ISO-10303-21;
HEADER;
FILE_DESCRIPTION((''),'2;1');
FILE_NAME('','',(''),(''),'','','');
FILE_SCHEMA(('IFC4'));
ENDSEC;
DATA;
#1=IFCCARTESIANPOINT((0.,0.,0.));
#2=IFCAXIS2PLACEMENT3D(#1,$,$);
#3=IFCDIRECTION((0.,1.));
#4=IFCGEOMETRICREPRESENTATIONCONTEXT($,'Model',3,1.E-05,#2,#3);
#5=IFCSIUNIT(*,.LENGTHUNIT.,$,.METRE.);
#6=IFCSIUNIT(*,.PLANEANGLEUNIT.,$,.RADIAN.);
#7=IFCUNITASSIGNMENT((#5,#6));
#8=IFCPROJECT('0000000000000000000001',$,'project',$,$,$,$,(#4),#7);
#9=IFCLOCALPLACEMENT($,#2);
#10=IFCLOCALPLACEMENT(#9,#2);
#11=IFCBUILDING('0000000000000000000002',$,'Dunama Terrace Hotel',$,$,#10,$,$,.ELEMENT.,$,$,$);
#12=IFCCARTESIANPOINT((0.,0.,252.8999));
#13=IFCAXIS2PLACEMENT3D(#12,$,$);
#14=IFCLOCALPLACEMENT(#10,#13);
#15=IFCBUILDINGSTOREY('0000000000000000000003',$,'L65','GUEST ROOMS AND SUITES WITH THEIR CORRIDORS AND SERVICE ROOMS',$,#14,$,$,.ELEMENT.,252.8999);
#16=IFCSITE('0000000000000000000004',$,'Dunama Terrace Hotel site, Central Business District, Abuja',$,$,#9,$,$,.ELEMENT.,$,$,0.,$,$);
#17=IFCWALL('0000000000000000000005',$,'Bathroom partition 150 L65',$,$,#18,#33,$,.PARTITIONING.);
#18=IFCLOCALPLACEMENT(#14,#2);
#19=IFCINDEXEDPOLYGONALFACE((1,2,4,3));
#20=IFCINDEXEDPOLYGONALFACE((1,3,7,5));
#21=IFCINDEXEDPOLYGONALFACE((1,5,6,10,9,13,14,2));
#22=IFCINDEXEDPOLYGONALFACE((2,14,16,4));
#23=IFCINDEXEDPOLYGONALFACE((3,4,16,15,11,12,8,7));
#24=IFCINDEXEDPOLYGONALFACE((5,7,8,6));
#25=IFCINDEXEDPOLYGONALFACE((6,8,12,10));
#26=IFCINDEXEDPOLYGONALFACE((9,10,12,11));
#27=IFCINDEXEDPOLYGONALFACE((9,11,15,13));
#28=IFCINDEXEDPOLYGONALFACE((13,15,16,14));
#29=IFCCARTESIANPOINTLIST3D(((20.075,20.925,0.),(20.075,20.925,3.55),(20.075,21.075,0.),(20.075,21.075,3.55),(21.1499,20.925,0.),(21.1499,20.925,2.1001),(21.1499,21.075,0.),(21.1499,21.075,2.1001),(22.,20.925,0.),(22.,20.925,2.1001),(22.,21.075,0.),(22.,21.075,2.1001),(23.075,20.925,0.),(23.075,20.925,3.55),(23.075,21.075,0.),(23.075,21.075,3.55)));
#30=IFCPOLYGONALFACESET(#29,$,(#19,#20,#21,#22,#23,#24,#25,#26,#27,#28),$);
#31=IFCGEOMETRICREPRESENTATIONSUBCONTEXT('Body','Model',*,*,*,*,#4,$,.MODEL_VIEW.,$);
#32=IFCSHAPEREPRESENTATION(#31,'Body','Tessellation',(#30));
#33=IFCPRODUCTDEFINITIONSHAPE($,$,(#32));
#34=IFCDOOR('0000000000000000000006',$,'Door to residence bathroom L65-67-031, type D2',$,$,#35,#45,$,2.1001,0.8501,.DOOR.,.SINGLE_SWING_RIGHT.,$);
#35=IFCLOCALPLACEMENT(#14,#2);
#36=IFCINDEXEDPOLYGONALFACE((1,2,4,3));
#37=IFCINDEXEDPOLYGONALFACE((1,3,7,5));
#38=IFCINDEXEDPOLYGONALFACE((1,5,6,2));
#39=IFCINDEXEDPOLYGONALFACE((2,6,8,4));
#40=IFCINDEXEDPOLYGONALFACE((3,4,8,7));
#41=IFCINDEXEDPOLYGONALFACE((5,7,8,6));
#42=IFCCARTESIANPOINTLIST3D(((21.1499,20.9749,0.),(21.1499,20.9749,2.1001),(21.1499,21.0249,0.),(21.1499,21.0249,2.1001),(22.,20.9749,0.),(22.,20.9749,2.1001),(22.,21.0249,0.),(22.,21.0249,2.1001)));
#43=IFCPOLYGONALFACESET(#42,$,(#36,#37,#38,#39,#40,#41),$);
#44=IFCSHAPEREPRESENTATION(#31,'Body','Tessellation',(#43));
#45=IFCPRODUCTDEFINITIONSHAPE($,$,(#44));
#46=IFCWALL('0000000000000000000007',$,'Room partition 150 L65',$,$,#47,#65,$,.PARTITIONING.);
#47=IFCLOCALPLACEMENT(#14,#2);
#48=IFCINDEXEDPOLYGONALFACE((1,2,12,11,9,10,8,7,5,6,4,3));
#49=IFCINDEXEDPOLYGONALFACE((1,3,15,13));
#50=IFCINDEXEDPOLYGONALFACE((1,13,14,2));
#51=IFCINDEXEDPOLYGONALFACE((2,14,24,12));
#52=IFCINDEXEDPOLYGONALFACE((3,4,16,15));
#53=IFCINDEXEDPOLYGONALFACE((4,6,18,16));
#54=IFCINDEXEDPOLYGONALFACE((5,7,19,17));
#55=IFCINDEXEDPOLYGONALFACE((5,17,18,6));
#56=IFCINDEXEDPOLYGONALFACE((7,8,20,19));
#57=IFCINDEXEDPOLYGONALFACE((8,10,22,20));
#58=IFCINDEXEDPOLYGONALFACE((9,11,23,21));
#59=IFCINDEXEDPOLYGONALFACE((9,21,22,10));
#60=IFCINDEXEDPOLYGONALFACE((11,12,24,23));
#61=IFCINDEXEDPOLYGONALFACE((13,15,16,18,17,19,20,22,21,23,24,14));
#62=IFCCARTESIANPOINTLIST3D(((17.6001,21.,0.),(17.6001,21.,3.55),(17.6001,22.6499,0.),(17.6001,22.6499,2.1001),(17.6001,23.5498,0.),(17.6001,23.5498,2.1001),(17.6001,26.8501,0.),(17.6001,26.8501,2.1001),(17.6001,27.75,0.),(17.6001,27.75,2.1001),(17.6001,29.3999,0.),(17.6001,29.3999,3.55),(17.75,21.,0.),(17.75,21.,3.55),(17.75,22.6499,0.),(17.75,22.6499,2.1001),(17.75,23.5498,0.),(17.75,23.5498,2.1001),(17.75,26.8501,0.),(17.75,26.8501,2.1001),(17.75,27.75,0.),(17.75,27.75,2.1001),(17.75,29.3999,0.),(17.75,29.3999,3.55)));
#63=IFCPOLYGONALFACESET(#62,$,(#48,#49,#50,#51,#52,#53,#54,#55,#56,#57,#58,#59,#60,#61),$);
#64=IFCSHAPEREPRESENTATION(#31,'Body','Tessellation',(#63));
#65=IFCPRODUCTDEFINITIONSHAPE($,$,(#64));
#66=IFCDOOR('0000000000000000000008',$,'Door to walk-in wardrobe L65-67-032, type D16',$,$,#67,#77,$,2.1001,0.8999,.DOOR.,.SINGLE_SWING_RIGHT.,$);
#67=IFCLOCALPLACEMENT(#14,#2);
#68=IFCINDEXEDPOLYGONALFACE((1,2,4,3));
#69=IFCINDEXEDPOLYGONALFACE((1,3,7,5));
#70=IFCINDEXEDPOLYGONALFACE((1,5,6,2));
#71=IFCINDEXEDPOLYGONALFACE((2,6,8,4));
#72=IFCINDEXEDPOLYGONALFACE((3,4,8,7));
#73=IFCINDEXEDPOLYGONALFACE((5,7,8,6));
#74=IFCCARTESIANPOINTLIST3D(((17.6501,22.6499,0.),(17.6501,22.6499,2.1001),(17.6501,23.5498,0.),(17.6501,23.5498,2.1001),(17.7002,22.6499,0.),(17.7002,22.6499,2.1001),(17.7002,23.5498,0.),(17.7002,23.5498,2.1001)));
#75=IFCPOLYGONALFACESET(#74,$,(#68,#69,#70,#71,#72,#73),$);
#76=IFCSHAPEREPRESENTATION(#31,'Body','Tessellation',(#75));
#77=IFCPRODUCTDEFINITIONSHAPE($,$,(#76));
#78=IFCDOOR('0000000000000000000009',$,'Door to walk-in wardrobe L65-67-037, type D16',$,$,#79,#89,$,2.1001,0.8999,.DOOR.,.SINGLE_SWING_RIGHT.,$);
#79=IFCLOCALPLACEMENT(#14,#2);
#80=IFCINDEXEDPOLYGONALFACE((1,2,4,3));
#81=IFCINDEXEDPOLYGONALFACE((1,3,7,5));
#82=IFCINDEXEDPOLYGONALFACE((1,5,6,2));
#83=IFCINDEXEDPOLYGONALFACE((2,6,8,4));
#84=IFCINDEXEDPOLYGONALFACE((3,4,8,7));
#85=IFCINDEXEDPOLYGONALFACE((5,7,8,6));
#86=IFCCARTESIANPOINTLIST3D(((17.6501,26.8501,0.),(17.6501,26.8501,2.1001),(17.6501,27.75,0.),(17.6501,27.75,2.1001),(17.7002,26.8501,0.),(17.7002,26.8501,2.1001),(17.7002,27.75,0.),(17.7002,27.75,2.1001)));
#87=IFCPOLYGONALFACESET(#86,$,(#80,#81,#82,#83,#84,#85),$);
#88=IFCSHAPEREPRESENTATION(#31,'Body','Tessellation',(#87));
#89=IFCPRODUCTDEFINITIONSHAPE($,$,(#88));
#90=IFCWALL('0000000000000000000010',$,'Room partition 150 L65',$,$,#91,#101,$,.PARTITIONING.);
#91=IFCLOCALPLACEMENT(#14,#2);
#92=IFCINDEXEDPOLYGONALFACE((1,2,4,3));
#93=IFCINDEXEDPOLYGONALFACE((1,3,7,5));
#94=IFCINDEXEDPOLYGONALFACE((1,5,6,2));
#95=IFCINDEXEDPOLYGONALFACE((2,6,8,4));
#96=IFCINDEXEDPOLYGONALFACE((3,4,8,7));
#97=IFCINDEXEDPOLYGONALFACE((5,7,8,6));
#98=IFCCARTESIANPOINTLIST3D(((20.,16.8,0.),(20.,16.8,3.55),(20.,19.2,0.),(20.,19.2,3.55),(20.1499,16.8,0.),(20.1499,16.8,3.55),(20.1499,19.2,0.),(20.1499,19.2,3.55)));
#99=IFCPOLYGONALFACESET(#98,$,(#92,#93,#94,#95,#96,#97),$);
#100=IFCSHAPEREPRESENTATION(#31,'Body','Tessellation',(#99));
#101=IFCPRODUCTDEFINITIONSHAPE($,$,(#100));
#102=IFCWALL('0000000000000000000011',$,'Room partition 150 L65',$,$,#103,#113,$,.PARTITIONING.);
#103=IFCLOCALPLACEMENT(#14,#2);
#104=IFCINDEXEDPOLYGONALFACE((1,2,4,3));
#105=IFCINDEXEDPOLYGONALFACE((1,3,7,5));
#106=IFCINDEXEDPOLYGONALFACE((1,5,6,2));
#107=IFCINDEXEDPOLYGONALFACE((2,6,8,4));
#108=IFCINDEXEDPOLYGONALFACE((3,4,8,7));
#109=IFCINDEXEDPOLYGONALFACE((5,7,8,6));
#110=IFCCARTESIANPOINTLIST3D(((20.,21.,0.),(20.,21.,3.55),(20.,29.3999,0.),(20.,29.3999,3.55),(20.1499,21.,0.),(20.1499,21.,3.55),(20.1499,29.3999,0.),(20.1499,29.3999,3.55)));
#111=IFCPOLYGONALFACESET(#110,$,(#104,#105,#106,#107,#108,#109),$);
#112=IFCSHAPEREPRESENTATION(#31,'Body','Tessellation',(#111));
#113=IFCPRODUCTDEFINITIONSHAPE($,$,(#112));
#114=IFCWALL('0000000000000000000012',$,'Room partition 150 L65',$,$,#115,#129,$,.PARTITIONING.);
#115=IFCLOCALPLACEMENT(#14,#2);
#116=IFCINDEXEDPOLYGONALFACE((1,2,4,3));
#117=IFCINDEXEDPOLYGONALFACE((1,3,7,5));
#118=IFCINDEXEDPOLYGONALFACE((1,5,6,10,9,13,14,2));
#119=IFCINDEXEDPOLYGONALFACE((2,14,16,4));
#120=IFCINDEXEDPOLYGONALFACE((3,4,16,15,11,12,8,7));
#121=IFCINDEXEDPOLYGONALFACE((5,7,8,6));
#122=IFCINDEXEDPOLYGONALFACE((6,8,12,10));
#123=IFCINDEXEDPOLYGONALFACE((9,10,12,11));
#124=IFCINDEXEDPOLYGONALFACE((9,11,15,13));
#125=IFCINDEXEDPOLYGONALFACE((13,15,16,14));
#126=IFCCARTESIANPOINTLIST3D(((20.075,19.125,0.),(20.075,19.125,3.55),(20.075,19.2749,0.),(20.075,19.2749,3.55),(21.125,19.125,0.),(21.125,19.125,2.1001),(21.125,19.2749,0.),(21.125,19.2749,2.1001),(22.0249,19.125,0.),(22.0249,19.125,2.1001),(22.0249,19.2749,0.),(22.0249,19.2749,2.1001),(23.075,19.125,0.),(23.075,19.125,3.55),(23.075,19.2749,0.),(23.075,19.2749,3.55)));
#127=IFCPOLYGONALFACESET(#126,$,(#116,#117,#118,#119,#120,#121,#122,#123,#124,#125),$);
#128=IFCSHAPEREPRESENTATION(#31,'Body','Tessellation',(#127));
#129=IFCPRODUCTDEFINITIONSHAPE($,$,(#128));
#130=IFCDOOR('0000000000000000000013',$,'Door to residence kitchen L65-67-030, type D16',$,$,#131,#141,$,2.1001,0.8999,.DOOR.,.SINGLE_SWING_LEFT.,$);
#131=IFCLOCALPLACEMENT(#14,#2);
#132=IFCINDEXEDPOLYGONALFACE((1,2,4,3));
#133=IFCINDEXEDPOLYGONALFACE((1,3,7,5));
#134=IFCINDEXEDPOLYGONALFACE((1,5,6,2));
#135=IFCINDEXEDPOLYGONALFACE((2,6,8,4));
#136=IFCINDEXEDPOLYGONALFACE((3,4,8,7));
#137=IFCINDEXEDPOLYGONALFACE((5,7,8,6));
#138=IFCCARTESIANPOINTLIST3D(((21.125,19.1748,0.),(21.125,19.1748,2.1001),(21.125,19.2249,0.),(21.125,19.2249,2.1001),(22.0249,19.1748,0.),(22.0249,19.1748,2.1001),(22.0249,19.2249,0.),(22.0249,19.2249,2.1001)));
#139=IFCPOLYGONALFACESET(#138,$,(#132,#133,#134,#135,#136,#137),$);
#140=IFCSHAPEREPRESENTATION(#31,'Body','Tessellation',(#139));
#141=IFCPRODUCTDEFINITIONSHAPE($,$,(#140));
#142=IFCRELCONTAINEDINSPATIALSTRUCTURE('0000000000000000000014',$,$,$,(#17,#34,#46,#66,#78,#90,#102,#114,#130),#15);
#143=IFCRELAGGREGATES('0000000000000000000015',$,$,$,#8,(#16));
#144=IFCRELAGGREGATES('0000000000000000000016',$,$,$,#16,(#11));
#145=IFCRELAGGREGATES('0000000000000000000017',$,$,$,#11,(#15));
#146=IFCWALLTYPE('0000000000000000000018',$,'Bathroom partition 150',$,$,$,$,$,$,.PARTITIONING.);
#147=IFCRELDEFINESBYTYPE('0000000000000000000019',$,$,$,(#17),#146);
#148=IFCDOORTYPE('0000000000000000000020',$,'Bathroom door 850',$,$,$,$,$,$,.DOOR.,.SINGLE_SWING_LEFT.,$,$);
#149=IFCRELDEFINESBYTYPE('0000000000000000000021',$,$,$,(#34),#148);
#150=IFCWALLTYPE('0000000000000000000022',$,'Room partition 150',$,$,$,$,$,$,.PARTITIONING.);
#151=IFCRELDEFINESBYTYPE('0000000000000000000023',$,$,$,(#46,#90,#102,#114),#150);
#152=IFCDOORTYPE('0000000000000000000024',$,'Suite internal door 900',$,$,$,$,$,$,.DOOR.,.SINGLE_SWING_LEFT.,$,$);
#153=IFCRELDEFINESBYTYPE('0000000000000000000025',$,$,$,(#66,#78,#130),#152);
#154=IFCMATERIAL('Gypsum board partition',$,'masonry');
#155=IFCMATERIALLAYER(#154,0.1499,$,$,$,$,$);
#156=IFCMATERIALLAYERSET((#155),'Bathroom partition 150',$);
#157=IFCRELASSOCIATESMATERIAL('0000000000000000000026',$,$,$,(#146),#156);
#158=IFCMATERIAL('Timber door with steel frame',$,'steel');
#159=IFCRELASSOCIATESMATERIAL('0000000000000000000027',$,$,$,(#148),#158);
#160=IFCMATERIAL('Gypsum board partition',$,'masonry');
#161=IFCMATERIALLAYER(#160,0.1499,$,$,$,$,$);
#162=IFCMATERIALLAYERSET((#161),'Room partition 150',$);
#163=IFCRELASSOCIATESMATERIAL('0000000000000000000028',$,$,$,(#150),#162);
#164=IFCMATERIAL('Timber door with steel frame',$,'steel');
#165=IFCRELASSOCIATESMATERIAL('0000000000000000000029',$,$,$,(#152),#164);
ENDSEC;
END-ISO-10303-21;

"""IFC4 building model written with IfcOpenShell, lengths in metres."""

from ifc_helpers import new_model, si_unit, direction, frame, frame_2d, origin, place, context, subcontext, project, spatial, rectangle, extrude, material, layer, layer_set, type_object, element, fill, save


model = new_model("IFC4")

# Units and contexts
model_context = context("Model", 3, precision=1e-05, world=origin(), true_north=direction((0.0, 1.0)))
body_context = subcontext(model_context, "Body", "Model", "MODEL_VIEW")
ifc_project = project(units=[si_unit("LENGTHUNIT", "METRE"), si_unit("PLANEANGLEUNIT", "RADIAN")], contexts=[model_context])

# Site, building, storey
site_placement = place(None, origin())
site = spatial("IfcSite", under=ifc_project, at=site_placement, Name="Dunama Terrace Hotel site, Central Business District, Abuja", CompositionType="ELEMENT", RefElevation=0.0)
building_placement = place(site_placement, origin())
building = spatial("IfcBuilding", under=site, at=building_placement, Name="Dunama Terrace Hotel", CompositionType="ELEMENT")
storey_placement = place(building_placement, frame((0.0, 0.0, 252.8999)))
storey = spatial("IfcBuildingStorey", under=building, at=storey_placement, Name="L65", Description="GUEST ROOMS AND SUITES WITH THEIR CORRIDORS AND SERVICE ROOMS", CompositionType="ELEMENT", Elevation=252.8999)

# Wall, opening, door
ifc_material_1 = material(Name="Gypsum board partition", Category="masonry")
ifc_layer_1 = layer(ifc_material_1, 0.1499)
ifc_layer_set_1 = layer_set([ifc_layer_1], Name="Bathroom partition 150")
wall_type_1 = type_object("IfcWallType", Name="Bathroom partition 150", PredefinedType="PARTITIONING", material=ifc_layer_set_1)
wall_1_placement = place(storey_placement, frame((20.075, 21.0, 0.0), z_axis=(0.0, 0.0, 1.0), x_axis=(1.0, 0.0, 0.0)))
wall_1 = element("IfcWall", 1, at=wall_1_placement, inside=storey, type_object=wall_type_1, Name="Bathroom partition 150 L65", PredefinedType="PARTITIONING", context=body_context, shape_type="SweptSolid", body=[
    extrude(rectangle(XDim=3.0, YDim=0.1499, at=frame_2d((1.5, 0.0))), origin(), (0.0, 0.0, 1.0), 3.55),
])
opening_1_placement = place(wall_1_placement, frame((1.075, 0.0, 0.0)))
opening_1 = element("IfcOpeningElement", 2, at=opening_1_placement, cuts=wall_1, PredefinedType="OPENING", context=body_context, shape_type="SweptSolid", body=[
    extrude(rectangle(XDim=0.8501, YDim=2.1001, at=frame_2d((0.425, 1.05))), frame((0.0, 0.085, 0.0), z_axis=(0.0, -1.0, 0.0), x_axis=(1.0, 0.0, 0.0)), (0.0, 0.0, 1.0), 0.1699),
])
ifc_material_2 = material(Name="Timber door with steel frame", Category="steel")
door_type_1 = type_object("IfcDoorType", Name="Bathroom door 850", OperationType="SINGLE_SWING_LEFT", PredefinedType="DOOR", material=ifc_material_2)
door_1_placement = place(opening_1_placement, origin())
door_1 = element("IfcDoor", 3, at=door_1_placement, inside=storey, type_object=door_type_1, Name="Door to residence bathroom L65-67-031, type D2", OperationType="SINGLE_SWING_RIGHT", OverallHeight=2.1001, OverallWidth=0.8501, PredefinedType="DOOR", context=body_context, shape_type="SweptSolid", body=[
    extrude(rectangle(XDim=0.8501, YDim=2.1001, at=frame_2d((0.425, 1.05))), frame((0.0, 0.0249, 0.0), z_axis=(0.0, -1.0, 0.0), x_axis=(1.0, 0.0, 0.0)), (0.0, 0.0, 1.0), 0.05),
])
fill(opening_1, door_1)

# Wall, openings, doors
ifc_material_3 = material(Name="Gypsum board partition", Category="masonry")
ifc_layer_2 = layer(ifc_material_3, 0.1499)
ifc_layer_set_2 = layer_set([ifc_layer_2], Name="Room partition 150")
wall_type_2 = type_object("IfcWallType", Name="Room partition 150", PredefinedType="PARTITIONING", material=ifc_layer_set_2)
wall_2_placement = place(storey_placement, frame((17.675, 21.0, 0.0), z_axis=(0.0, 0.0, 1.0), x_axis=(0.0, 1.0, 0.0)))
wall_2 = element("IfcWall", 4, at=wall_2_placement, inside=storey, type_object=wall_type_2, Name="Room partition 150 L65", PredefinedType="PARTITIONING", context=body_context, shape_type="SweptSolid", body=[
    extrude(rectangle(XDim=8.3999, YDim=0.1499, at=frame_2d((4.2, 0.0))), origin(), (0.0, 0.0, 1.0), 3.55),
])
opening_2_placement = place(wall_2_placement, frame((1.6499, 0.0, 0.0)))
opening_2 = element("IfcOpeningElement", 5, at=opening_2_placement, cuts=wall_2, PredefinedType="OPENING", context=body_context, shape_type="SweptSolid", body=[
    extrude(rectangle(XDim=0.8999, YDim=2.1001, at=frame_2d((0.45, 1.05))), frame((0.0, 0.085, 0.0), z_axis=(0.0, -1.0, 0.0), x_axis=(1.0, 0.0, 0.0)), (0.0, 0.0, 1.0), 0.1699),
])
opening_3_placement = place(wall_2_placement, frame((5.8501, 0.0, 0.0)))
opening_3 = element("IfcOpeningElement", 6, at=opening_3_placement, cuts=wall_2, PredefinedType="OPENING", context=body_context, shape_type="SweptSolid", body=[
    extrude(rectangle(XDim=0.8999, YDim=2.1001, at=frame_2d((0.45, 1.05))), frame((0.0, 0.085, 0.0), z_axis=(0.0, -1.0, 0.0), x_axis=(1.0, 0.0, 0.0)), (0.0, 0.0, 1.0), 0.1699),
])
ifc_material_4 = material(Name="Timber door with steel frame", Category="steel")
door_type_2 = type_object("IfcDoorType", Name="Suite internal door 900", OperationType="SINGLE_SWING_LEFT", PredefinedType="DOOR", material=ifc_material_4)
door_2_placement = place(opening_2_placement, frame((0.8999, 0.0, 0.0), z_axis=(0.0, 0.0, 1.0), x_axis=(-1.0, 0.0, 0.0)))
door_2 = element("IfcDoor", 7, at=door_2_placement, inside=storey, type_object=door_type_2, Name="Door to walk-in wardrobe L65-67-032, type D16", OperationType="SINGLE_SWING_RIGHT", OverallHeight=2.1001, OverallWidth=0.8999, PredefinedType="DOOR", context=body_context, shape_type="SweptSolid", body=[
    extrude(rectangle(XDim=0.8999, YDim=2.1001, at=frame_2d((0.45, 1.05))), frame((0.0, 0.0251, 0.0), z_axis=(0.0, -1.0, 0.0), x_axis=(1.0, 0.0, 0.0)), (0.0, 0.0, 1.0), 0.05),
])
fill(opening_2, door_2)
door_3_placement = place(opening_3_placement, frame((0.8999, 0.0, 0.0), z_axis=(0.0, 0.0, 1.0), x_axis=(-1.0, 0.0, 0.0)))
door_3 = element("IfcDoor", 8, at=door_3_placement, inside=storey, type_object=door_type_2, Name="Door to walk-in wardrobe L65-67-037, type D16", OperationType="SINGLE_SWING_RIGHT", OverallHeight=2.1001, OverallWidth=0.8999, PredefinedType="DOOR", context=body_context, shape_type="SweptSolid", body=[
    extrude(rectangle(XDim=0.8999, YDim=2.1001, at=frame_2d((0.45, 1.05))), frame((0.0, 0.0251, 0.0), z_axis=(0.0, -1.0, 0.0), x_axis=(1.0, 0.0, 0.0)), (0.0, 0.0, 1.0), 0.05),
])
fill(opening_3, door_3)

# Walls
wall_3_placement = place(storey_placement, frame((20.075, 16.8, 0.0), z_axis=(0.0, 0.0, 1.0), x_axis=(0.0, 1.0, 0.0)))
element("IfcWall", 9, at=wall_3_placement, inside=storey, type_object=wall_type_2, Name="Room partition 150 L65", PredefinedType="PARTITIONING", context=body_context, shape_type="SweptSolid", body=[
    extrude(rectangle(XDim=2.3999, YDim=0.1499, at=frame_2d((1.2, 0.0))), origin(), (0.0, 0.0, 1.0), 3.55),
])
wall_4_placement = place(storey_placement, frame((20.075, 21.0, 0.0), z_axis=(0.0, 0.0, 1.0), x_axis=(0.0, 1.0, 0.0)))
element("IfcWall", 10, at=wall_4_placement, inside=storey, type_object=wall_type_2, Name="Room partition 150 L65", PredefinedType="PARTITIONING", context=body_context, shape_type="SweptSolid", body=[
    extrude(rectangle(XDim=8.3999, YDim=0.1499, at=frame_2d((4.2, 0.0))), origin(), (0.0, 0.0, 1.0), 3.55),
])

# Wall, opening, door
wall_5_placement = place(storey_placement, frame((20.075, 19.2, 0.0), z_axis=(0.0, 0.0, 1.0), x_axis=(1.0, 0.0, 0.0)))
wall_5 = element("IfcWall", 11, at=wall_5_placement, inside=storey, type_object=wall_type_2, Name="Room partition 150 L65", PredefinedType="PARTITIONING", context=body_context, shape_type="SweptSolid", body=[
    extrude(rectangle(XDim=3.0, YDim=0.1499, at=frame_2d((1.5, 0.0))), origin(), (0.0, 0.0, 1.0), 3.55),
])
opening_4_placement = place(wall_5_placement, frame((1.05, 0.0, 0.0)))
opening_4 = element("IfcOpeningElement", 12, at=opening_4_placement, cuts=wall_5, PredefinedType="OPENING", context=body_context, shape_type="SweptSolid", body=[
    extrude(rectangle(XDim=0.8999, YDim=2.1001, at=frame_2d((0.45, 1.05))), frame((0.0, 0.085, 0.0), z_axis=(0.0, -1.0, 0.0), x_axis=(1.0, 0.0, 0.0)), (0.0, 0.0, 1.0), 0.1699),
])
door_4_placement = place(opening_4_placement, frame((0.8999, 0.0, 0.0), z_axis=(0.0, 0.0, 1.0), x_axis=(-1.0, 0.0, 0.0)))
door_4 = element("IfcDoor", 13, at=door_4_placement, inside=storey, type_object=door_type_2, Name="Door to residence kitchen L65-67-030, type D16", OperationType="SINGLE_SWING_LEFT", OverallHeight=2.1001, OverallWidth=0.8999, PredefinedType="DOOR", context=body_context, shape_type="SweptSolid", body=[
    extrude(rectangle(XDim=0.8999, YDim=2.1001, at=frame_2d((0.45, 1.05))), frame((0.0, 0.0251, 0.0), z_axis=(0.0, -1.0, 0.0), x_axis=(1.0, 0.0, 0.0)), (0.0, 0.0, 1.0), 0.05),
])
fill(opening_4, door_4)

save(model, "model.ifc")
